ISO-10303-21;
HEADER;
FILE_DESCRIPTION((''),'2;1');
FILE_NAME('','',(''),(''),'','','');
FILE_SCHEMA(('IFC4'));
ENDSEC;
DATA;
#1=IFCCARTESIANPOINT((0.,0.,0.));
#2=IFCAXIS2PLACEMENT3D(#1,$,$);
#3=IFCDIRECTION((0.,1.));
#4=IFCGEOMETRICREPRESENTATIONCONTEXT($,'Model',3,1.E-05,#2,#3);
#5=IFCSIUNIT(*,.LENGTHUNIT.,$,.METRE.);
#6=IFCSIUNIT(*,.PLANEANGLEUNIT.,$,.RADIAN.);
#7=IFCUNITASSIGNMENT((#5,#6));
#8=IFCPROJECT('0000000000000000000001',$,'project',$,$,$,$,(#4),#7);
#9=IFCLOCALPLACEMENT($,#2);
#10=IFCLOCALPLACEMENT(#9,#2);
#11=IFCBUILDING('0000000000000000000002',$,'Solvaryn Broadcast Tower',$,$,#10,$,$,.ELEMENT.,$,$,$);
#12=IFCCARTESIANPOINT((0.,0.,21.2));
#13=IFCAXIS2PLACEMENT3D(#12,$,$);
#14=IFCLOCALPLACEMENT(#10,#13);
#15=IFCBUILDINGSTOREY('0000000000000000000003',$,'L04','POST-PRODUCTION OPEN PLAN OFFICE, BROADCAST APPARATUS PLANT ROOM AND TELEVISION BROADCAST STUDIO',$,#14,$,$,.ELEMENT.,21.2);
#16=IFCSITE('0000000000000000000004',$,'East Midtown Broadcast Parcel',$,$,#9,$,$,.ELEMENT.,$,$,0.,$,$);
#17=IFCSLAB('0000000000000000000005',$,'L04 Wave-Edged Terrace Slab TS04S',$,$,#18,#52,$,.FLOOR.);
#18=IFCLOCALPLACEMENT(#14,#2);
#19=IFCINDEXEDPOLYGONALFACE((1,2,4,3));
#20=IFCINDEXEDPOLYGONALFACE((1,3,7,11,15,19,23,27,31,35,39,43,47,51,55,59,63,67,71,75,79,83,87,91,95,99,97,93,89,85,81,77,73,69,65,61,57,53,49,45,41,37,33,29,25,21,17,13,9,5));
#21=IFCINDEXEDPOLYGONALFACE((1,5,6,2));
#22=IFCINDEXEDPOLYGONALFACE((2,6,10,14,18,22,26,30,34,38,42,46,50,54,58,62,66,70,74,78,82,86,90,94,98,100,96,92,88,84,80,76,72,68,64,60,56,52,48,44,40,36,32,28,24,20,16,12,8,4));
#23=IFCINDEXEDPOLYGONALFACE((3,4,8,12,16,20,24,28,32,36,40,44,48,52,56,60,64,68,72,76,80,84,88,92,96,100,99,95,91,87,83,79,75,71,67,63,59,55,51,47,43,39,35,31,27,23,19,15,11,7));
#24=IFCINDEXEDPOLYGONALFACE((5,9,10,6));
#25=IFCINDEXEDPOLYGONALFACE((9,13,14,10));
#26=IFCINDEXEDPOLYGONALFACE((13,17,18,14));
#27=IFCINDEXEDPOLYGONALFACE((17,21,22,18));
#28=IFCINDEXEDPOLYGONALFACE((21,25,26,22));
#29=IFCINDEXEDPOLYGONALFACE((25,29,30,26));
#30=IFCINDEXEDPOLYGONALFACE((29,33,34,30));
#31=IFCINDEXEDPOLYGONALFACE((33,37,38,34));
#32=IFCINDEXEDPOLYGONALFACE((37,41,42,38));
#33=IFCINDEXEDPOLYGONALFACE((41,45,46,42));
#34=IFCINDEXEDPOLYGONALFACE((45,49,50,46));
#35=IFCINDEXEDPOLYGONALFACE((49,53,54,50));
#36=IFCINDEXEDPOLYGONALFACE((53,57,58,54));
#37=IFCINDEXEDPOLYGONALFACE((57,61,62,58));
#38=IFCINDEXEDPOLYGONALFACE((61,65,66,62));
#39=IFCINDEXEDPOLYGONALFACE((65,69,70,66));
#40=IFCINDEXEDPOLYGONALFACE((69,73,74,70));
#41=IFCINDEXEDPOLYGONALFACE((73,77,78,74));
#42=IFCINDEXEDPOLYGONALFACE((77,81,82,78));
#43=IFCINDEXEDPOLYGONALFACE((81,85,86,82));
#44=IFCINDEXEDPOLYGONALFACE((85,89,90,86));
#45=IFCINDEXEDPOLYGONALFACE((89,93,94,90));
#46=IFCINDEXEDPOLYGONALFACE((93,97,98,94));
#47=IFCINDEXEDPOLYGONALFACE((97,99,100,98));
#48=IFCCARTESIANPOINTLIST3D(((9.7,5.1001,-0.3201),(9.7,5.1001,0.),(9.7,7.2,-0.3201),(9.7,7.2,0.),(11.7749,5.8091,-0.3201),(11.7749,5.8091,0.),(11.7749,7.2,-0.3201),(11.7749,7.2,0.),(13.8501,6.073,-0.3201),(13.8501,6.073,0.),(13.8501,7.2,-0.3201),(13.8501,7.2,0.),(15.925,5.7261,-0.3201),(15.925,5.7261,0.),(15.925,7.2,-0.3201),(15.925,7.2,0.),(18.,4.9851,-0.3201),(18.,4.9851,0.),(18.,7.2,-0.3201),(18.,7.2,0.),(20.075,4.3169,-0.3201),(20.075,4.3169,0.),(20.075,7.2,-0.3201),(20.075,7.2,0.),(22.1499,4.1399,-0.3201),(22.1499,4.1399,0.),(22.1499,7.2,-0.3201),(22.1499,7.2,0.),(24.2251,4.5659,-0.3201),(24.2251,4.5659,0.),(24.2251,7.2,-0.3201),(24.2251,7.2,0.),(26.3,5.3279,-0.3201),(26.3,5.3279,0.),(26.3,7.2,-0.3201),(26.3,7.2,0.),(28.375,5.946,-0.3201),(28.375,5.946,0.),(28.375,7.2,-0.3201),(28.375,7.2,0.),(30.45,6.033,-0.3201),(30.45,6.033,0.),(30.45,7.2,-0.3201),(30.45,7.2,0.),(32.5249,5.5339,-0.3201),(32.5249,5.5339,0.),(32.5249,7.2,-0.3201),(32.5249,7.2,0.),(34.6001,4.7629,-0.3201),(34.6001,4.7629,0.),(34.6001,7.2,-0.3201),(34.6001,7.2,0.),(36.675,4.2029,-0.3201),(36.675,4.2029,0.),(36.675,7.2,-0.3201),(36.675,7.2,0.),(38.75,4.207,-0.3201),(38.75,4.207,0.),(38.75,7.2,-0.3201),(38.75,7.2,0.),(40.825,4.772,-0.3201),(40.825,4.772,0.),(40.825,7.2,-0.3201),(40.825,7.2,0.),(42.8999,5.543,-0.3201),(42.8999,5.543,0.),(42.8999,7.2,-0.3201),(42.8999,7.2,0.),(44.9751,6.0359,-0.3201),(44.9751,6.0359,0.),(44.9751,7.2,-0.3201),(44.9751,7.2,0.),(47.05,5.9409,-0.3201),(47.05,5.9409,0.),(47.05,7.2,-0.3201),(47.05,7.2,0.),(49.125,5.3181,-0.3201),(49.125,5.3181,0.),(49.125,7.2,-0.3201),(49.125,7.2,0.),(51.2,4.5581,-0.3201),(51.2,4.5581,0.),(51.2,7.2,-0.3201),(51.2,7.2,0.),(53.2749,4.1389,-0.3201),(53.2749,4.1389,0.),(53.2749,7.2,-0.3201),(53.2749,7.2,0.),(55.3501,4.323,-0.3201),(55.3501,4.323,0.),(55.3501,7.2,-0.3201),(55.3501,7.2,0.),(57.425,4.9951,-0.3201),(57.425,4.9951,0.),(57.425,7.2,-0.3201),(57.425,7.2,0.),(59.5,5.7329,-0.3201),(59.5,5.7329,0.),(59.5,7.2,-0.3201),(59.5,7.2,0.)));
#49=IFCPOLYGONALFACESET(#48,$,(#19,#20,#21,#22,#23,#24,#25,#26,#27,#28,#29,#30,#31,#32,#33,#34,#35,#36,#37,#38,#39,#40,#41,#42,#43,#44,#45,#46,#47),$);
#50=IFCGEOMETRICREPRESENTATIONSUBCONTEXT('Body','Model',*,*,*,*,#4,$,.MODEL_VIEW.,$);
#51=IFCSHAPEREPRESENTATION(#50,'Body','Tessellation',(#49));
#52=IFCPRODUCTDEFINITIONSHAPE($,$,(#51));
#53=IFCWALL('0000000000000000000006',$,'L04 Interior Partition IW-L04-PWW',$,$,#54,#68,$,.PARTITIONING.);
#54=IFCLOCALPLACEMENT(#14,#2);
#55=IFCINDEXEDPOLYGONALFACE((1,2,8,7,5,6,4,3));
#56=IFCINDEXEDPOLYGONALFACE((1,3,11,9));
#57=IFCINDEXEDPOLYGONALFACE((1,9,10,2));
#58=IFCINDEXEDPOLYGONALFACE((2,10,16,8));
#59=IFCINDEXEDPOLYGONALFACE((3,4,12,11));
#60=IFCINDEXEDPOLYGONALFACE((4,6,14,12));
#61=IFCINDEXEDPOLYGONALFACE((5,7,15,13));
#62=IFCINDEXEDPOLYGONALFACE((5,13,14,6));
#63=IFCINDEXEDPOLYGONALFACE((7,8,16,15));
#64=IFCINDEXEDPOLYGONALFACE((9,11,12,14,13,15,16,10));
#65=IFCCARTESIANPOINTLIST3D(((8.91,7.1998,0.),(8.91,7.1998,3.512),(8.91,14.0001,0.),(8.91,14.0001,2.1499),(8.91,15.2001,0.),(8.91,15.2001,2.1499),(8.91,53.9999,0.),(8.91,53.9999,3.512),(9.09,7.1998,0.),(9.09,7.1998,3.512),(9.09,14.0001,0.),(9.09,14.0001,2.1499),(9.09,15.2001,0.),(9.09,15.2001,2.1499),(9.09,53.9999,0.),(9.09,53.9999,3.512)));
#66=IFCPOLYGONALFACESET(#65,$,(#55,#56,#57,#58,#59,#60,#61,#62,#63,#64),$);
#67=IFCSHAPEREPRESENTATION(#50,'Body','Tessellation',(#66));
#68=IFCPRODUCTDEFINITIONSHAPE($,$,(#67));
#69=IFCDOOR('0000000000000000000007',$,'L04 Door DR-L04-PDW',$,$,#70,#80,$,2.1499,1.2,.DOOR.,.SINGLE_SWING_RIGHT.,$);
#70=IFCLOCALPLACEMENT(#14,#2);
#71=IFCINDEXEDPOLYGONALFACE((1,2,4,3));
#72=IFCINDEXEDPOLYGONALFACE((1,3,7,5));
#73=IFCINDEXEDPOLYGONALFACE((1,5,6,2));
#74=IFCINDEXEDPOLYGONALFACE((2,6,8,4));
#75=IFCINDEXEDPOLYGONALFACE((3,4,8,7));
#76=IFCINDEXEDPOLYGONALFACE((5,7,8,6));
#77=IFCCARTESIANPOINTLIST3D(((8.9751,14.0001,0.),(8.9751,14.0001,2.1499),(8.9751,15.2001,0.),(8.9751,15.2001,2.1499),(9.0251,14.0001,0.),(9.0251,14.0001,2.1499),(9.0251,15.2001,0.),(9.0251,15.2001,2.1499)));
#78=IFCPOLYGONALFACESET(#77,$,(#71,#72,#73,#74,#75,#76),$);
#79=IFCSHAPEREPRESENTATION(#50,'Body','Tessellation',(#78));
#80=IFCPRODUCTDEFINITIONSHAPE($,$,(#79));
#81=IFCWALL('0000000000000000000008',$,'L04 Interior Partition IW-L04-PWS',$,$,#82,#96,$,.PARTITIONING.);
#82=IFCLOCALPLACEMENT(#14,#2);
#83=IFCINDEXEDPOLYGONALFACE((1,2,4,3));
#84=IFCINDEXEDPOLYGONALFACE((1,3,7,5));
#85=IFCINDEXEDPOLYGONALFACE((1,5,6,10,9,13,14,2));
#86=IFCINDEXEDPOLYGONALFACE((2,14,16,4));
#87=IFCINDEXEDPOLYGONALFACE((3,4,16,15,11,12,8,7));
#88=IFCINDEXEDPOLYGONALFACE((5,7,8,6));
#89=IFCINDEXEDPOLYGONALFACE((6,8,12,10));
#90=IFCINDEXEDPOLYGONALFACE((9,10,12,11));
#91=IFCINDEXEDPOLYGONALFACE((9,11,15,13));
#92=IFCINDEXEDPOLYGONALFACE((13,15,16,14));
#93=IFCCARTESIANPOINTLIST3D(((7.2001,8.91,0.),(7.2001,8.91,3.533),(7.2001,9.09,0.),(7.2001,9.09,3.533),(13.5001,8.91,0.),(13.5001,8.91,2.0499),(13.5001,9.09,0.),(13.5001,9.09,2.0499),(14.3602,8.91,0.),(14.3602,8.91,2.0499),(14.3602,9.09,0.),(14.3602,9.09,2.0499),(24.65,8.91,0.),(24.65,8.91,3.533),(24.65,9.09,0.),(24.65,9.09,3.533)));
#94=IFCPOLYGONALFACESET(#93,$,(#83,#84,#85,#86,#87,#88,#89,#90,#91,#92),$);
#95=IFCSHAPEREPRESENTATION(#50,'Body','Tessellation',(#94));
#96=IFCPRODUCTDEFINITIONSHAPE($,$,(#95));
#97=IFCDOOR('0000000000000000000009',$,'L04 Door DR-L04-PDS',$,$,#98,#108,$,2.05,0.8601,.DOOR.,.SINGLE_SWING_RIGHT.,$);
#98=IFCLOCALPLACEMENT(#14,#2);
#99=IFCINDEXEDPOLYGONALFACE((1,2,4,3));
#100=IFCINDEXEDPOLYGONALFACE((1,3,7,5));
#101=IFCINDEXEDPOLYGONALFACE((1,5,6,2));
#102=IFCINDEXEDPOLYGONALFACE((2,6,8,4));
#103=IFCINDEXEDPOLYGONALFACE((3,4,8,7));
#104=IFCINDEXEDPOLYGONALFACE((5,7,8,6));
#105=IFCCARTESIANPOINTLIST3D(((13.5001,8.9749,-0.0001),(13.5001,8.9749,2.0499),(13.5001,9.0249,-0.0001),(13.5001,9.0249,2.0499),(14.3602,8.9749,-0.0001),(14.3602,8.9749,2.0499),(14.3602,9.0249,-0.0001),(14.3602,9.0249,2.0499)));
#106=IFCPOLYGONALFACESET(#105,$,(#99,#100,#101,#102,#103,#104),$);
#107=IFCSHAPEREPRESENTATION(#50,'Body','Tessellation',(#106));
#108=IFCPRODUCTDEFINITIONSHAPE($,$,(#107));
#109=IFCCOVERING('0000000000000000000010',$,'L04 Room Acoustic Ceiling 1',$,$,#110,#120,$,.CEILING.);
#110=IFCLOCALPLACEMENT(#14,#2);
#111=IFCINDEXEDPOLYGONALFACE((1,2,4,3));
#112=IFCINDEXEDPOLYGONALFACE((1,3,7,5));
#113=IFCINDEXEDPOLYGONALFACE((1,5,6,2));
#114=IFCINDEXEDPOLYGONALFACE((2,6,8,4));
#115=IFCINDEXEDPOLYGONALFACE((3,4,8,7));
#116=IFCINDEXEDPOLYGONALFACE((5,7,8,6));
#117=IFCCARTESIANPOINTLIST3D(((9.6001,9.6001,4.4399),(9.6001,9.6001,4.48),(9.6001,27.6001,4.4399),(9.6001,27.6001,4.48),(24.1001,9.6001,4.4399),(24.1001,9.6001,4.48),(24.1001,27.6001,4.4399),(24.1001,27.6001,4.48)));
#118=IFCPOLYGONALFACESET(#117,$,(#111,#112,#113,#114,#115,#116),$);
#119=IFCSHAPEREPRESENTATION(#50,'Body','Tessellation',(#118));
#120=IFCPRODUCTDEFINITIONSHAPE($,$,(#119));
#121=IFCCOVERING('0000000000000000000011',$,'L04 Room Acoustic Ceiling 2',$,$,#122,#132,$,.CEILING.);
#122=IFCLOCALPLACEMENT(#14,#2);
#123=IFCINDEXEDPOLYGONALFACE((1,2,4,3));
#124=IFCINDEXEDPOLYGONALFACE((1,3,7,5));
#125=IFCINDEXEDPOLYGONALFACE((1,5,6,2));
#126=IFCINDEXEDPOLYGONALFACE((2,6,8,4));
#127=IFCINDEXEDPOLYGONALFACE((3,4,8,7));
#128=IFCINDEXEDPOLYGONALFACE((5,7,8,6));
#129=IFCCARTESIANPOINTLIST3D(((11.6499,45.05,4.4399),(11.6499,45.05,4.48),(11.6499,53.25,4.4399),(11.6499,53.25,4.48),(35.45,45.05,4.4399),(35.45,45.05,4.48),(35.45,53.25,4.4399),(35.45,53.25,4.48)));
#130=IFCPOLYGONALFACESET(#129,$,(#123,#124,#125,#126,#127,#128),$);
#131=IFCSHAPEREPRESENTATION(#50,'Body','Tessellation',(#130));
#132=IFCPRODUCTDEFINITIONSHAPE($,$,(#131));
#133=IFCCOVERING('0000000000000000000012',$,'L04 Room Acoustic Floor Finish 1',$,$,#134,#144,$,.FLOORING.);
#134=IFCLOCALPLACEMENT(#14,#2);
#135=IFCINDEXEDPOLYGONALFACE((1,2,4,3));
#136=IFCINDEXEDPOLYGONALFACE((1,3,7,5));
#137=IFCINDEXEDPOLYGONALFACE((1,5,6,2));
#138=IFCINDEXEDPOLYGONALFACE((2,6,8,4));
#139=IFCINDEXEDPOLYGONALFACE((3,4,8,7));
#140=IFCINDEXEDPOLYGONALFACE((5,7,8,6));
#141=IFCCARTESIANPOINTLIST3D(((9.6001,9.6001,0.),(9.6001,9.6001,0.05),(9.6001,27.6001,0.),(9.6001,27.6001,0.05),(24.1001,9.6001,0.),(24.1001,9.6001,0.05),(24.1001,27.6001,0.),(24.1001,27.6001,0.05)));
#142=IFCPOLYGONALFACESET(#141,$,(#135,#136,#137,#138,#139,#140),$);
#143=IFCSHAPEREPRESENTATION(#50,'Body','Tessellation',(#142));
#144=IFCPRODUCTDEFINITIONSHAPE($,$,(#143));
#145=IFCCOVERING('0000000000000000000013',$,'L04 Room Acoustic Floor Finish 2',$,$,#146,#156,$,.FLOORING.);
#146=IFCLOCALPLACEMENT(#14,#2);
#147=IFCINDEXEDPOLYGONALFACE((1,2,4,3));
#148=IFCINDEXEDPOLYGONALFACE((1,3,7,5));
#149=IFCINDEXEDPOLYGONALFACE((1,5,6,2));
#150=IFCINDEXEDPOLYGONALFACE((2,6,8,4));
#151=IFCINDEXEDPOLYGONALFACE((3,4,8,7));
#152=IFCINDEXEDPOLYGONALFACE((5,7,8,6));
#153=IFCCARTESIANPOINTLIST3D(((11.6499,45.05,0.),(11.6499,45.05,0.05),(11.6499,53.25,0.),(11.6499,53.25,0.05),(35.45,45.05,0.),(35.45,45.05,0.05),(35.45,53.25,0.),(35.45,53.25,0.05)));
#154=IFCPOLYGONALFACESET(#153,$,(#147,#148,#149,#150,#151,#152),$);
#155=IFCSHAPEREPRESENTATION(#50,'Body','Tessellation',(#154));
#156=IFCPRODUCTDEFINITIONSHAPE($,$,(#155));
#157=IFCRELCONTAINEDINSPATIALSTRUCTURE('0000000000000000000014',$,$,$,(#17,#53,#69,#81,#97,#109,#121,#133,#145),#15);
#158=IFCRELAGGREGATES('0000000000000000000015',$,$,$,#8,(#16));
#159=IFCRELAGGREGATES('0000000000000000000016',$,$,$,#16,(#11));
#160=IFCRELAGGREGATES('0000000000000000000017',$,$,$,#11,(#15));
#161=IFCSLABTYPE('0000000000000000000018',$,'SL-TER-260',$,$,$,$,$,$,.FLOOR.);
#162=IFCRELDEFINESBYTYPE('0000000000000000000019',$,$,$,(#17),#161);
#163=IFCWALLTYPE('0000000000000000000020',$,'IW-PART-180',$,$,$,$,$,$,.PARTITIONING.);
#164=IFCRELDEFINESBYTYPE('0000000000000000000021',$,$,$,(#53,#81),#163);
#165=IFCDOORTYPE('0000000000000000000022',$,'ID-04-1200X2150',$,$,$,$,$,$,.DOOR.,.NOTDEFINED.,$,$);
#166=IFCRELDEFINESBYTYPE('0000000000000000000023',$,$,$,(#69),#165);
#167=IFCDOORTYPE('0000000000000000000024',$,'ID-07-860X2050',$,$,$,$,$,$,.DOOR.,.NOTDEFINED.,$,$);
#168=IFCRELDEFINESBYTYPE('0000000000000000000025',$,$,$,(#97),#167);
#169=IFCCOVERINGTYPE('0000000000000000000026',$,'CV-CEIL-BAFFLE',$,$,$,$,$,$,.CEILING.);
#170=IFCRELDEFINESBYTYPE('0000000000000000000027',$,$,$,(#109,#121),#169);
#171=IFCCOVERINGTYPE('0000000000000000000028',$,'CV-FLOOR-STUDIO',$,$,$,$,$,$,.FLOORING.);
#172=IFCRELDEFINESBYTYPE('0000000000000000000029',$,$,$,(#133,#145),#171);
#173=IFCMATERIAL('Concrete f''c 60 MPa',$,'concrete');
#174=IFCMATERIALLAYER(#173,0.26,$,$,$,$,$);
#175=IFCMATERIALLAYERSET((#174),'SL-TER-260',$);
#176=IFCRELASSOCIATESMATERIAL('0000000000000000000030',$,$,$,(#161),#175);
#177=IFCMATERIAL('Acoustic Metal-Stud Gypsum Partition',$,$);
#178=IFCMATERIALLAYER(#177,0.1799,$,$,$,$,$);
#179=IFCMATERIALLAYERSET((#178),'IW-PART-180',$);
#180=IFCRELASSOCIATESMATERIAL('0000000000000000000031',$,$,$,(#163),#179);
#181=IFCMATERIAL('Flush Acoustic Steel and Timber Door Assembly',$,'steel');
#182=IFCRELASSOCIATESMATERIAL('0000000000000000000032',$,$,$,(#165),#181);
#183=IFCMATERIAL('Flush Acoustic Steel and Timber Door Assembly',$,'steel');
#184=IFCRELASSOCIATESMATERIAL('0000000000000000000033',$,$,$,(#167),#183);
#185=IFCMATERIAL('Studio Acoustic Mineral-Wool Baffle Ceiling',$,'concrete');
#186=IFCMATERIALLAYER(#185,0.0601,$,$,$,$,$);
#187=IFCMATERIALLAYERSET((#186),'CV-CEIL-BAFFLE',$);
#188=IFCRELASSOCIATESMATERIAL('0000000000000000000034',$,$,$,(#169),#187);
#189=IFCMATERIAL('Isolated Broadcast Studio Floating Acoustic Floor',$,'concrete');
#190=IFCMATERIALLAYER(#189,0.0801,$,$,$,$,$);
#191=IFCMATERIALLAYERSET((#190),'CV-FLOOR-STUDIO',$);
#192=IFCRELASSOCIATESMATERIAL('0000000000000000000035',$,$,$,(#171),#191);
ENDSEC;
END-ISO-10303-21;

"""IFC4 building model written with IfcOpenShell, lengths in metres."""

from ifc_helpers import new_model, si_unit, direction, frame, frame_2d, origin, place, context, subcontext, project, spatial, polyline, rectangle, outline, extrude, material, layer, layer_set, type_object, element, fill, save


model = new_model("IFC4")

# Units and contexts
model_context = context("Model", 3, precision=1e-05, world=origin(), true_north=direction((0.0, 1.0)))
body_context = subcontext(model_context, "Body", "Model", "MODEL_VIEW")
ifc_project = project(units=[si_unit("LENGTHUNIT", "METRE"), si_unit("PLANEANGLEUNIT", "RADIAN")], contexts=[model_context])

# Site, building, storey
site_placement = place(None, origin())
site = spatial("IfcSite", under=ifc_project, at=site_placement, Name="East Midtown Broadcast Parcel", CompositionType="ELEMENT", RefElevation=0.0)
building_placement = place(site_placement, origin())
building = spatial("IfcBuilding", under=site, at=building_placement, Name="Solvaryn Broadcast Tower", CompositionType="ELEMENT")
storey_placement = place(building_placement, frame((0.0, 0.0, 21.2)))
storey = spatial("IfcBuildingStorey", under=building, at=storey_placement, Name="L04", Description="POST-PRODUCTION OPEN PLAN OFFICE, BROADCAST APPARATUS PLANT ROOM AND TELEVISION BROADCAST STUDIO", CompositionType="ELEMENT", Elevation=21.2)

# Slab
ifc_material_1 = material(Name="Concrete f'c 60 MPa", Category="concrete")
ifc_layer_1 = layer(ifc_material_1, 0.26)
ifc_layer_set_1 = layer_set([ifc_layer_1], Name="SL-TER-260")
slab_type_1 = type_object("IfcSlabType", Name="SL-TER-260", PredefinedType="FLOOR", material=ifc_layer_set_1)
slab_1_placement = place(storey_placement, frame((0.0, 0.0, -0.3201)))
element("IfcSlab", 1, at=slab_1_placement, inside=storey, type_object=slab_type_1, Name="L04 Wave-Edged Terrace Slab TS04S", PredefinedType="FLOOR", context=body_context, shape_type="SweptSolid", body=[
    extrude(outline(polyline([(9.7, 5.1001), (11.7749, 5.8091), (13.8501, 6.073), (15.925, 5.7261), (18.0, 4.9851), (20.075, 4.3169), (22.1499, 4.1399), (24.2251, 4.5659), (26.3, 5.3279), (28.375, 5.946), (30.45, 6.033), (32.5249, 5.5339), (34.6001, 4.7629), (36.675, 4.2029), (38.75, 4.207), (40.825, 4.772), (42.8999, 5.543), (44.9751, 6.0359), (47.05, 5.9409), (49.125, 5.3181), (51.2, 4.5581), (53.2749, 4.1389), (55.3501, 4.323), (57.425, 4.9951), (59.5, 5.7329), (59.5, 7.2), (57.425, 7.2), (55.3501, 7.2), (53.2749, 7.2), (51.2, 7.2), (49.125, 7.2), (47.05, 7.2), (44.9751, 7.2), (42.8999, 7.2), (40.825, 7.2), (38.75, 7.2), (36.675, 7.2), (34.6001, 7.2), (32.5249, 7.2), (30.45, 7.2), (28.375, 7.2), (26.3, 7.2), (24.2251, 7.2), (22.1499, 7.2), (20.075, 7.2), (18.0, 7.2), (15.925, 7.2), (13.8501, 7.2), (11.7749, 7.2), (9.7, 7.2), (9.7, 5.1001)])), origin(), (0.0, 0.0, 1.0), 0.3201),
])

# Walls, openings, doors
ifc_material_2 = material(Name="Acoustic Metal-Stud Gypsum Partition")
ifc_layer_2 = layer(ifc_material_2, 0.1799)
ifc_layer_set_2 = layer_set([ifc_layer_2], Name="IW-PART-180")
wall_type = type_object("IfcWallType", Name="IW-PART-180", PredefinedType="PARTITIONING", material=ifc_layer_set_2)
wall_1_placement = place(storey_placement, frame((9.0, 7.2, 0.0), z_axis=(0.0, 0.0, 1.0), x_axis=(0.0, 1.0, 0.0)))
wall_1 = element("IfcWall", 2, at=wall_1_placement, inside=storey, type_object=wall_type, Name="L04 Interior Partition IW-L04-PWW", PredefinedType="PARTITIONING", context=body_context, shape_type="SweptSolid", body=[
    extrude(rectangle(XDim=46.8, YDim=0.1799, at=frame_2d((23.3999, 0.0))), origin(), (0.0, 0.0, 1.0), 3.512),
])
opening_1_placement = place(wall_1_placement, frame((6.8, 0.0, 0.0)))
opening_1 = element("IfcOpeningElement", 3, at=opening_1_placement, cuts=wall_1, PredefinedType="OPENING", context=body_context, shape_type="SweptSolid", body=[
    extrude(rectangle(XDim=1.2, YDim=2.1499, at=frame_2d((0.6001, 1.075))), frame((0.0, 0.0999, 0.0), z_axis=(0.0, -1.0, 0.0), x_axis=(1.0, 0.0, 0.0)), (0.0, 0.0, 1.0), 0.2),
])
ifc_material_3 = material(Name="Flush Acoustic Steel and Timber Door Assembly", Category="steel")
door_type_1 = type_object("IfcDoorType", Name="ID-04-1200X2150", OperationType="NOTDEFINED", PredefinedType="DOOR", material=ifc_material_3)
door_1_placement = place(opening_1_placement, origin())
door_1 = element("IfcDoor", 4, at=door_1_placement, inside=storey, type_object=door_type_1, Name="L04 Door DR-L04-PDW", OperationType="SINGLE_SWING_RIGHT", OverallHeight=2.1499, OverallWidth=1.2, PredefinedType="DOOR", context=body_context, shape_type="SweptSolid", body=[
    extrude(rectangle(XDim=1.2, YDim=2.1499, at=frame_2d((0.6001, 1.075))), frame((0.0, 0.0249, 0.0), z_axis=(0.0, -1.0, 0.0), x_axis=(1.0, 0.0, 0.0)), (0.0, 0.0, 1.0), 0.05),
])
fill(opening_1, door_1)
wall_2_placement = place(storey_placement, frame((7.2, 9.0, 0.0), z_axis=(0.0, 0.0, 1.0), x_axis=(1.0, 0.0, 0.0)))
wall_2 = element("IfcWall", 5, at=wall_2_placement, inside=storey, type_object=wall_type, Name="L04 Interior Partition IW-L04-PWS", PredefinedType="PARTITIONING", context=body_context, shape_type="SweptSolid", body=[
    extrude(rectangle(XDim=17.45, YDim=0.1799, at=frame_2d((8.7251, 0.0))), origin(), (0.0, 0.0, 1.0), 3.533),
])
opening_2_placement = place(wall_2_placement, frame((6.3, 0.0, 0.0)))
opening_2 = element("IfcOpeningElement", 6, at=opening_2_placement, cuts=wall_2, PredefinedType="OPENING", context=body_context, shape_type="SweptSolid", body=[
    extrude(rectangle(XDim=0.8601, YDim=2.05, at=frame_2d((0.4302, 1.0249))), frame((0.0, 0.0999, 0.0), z_axis=(0.0, -1.0, 0.0), x_axis=(1.0, 0.0, 0.0)), (0.0, 0.0, 1.0), 0.2),
])
ifc_material_4 = material(Name="Flush Acoustic Steel and Timber Door Assembly", Category="steel")
door_type_2 = type_object("IfcDoorType", Name="ID-07-860X2050", OperationType="NOTDEFINED", PredefinedType="DOOR", material=ifc_material_4)
door_2_placement = place(opening_2_placement, origin())
door_2 = element("IfcDoor", 7, at=door_2_placement, inside=storey, type_object=door_type_2, Name="L04 Door DR-L04-PDS", OperationType="SINGLE_SWING_RIGHT", OverallHeight=2.05, OverallWidth=0.8601, PredefinedType="DOOR", context=body_context, shape_type="SweptSolid", body=[
    extrude(rectangle(XDim=0.8601, YDim=2.05, at=frame_2d((0.4302, 1.0249))), frame((0.0, 0.0249, 0.0), z_axis=(0.0, -1.0, 0.0), x_axis=(1.0, 0.0, 0.0)), (0.0, 0.0, 1.0), 0.05),
])
fill(opening_2, door_2)

# Coverings
ifc_material_5 = material(Name="Studio Acoustic Mineral-Wool Baffle Ceiling", Category="concrete")
ifc_layer_3 = layer(ifc_material_5, 0.0601)
ifc_layer_set_3 = layer_set([ifc_layer_3], Name="CV-CEIL-BAFFLE")
covering_type_1 = type_object("IfcCoveringType", Name="CV-CEIL-BAFFLE", PredefinedType="CEILING", material=ifc_layer_set_3)
covering_1_placement = place(storey_placement, frame((0.0, 0.0, 4.4399)))
element("IfcCovering", 8, at=covering_1_placement, inside=storey, type_object=covering_type_1, Name="L04 Room Acoustic Ceiling 1", PredefinedType="CEILING", context=body_context, shape_type="SweptSolid", body=[
    extrude(outline(polyline([(9.6001, 9.6001), (24.1001, 9.6001), (24.1001, 27.6001), (9.6001, 27.6001), (9.6001, 9.6001)])), origin(), (0.0, 0.0, 1.0), 0.04),
])
covering_2_placement = place(storey_placement, frame((0.0, 0.0, 4.4399)))
element("IfcCovering", 9, at=covering_2_placement, inside=storey, type_object=covering_type_1, Name="L04 Room Acoustic Ceiling 2", PredefinedType="CEILING", context=body_context, shape_type="SweptSolid", body=[
    extrude(outline(polyline([(11.6499, 45.05), (35.45, 45.05), (35.45, 53.25), (11.6499, 53.25), (11.6499, 45.05)])), origin(), (0.0, 0.0, 1.0), 0.04),
])
ifc_material_6 = material(Name="Isolated Broadcast Studio Floating Acoustic Floor", Category="concrete")
ifc_layer_4 = layer(ifc_material_6, 0.0801)
ifc_layer_set_4 = layer_set([ifc_layer_4], Name="CV-FLOOR-STUDIO")
covering_type_2 = type_object("IfcCoveringType", Name="CV-FLOOR-STUDIO", PredefinedType="FLOORING", material=ifc_layer_set_4)
covering_3_placement = place(storey_placement, origin())
element("IfcCovering", 10, at=covering_3_placement, inside=storey, type_object=covering_type_2, Name="L04 Room Acoustic Floor Finish 1", PredefinedType="FLOORING", context=body_context, shape_type="SweptSolid", body=[
    extrude(outline(polyline([(9.6001, 9.6001), (24.1001, 9.6001), (24.1001, 27.6001), (9.6001, 27.6001), (9.6001, 9.6001)])), origin(), (0.0, 0.0, 1.0), 0.05),
])
covering_4_placement = place(storey_placement, origin())
element("IfcCovering", 11, at=covering_4_placement, inside=storey, type_object=covering_type_2, Name="L04 Room Acoustic Floor Finish 2", PredefinedType="FLOORING", context=body_context, shape_type="SweptSolid", body=[
    extrude(outline(polyline([(11.6499, 45.05), (35.45, 45.05), (35.45, 53.25), (11.6499, 53.25), (11.6499, 45.05)])), origin(), (0.0, 0.0, 1.0), 0.05),
])

save(model, "model.ifc")
